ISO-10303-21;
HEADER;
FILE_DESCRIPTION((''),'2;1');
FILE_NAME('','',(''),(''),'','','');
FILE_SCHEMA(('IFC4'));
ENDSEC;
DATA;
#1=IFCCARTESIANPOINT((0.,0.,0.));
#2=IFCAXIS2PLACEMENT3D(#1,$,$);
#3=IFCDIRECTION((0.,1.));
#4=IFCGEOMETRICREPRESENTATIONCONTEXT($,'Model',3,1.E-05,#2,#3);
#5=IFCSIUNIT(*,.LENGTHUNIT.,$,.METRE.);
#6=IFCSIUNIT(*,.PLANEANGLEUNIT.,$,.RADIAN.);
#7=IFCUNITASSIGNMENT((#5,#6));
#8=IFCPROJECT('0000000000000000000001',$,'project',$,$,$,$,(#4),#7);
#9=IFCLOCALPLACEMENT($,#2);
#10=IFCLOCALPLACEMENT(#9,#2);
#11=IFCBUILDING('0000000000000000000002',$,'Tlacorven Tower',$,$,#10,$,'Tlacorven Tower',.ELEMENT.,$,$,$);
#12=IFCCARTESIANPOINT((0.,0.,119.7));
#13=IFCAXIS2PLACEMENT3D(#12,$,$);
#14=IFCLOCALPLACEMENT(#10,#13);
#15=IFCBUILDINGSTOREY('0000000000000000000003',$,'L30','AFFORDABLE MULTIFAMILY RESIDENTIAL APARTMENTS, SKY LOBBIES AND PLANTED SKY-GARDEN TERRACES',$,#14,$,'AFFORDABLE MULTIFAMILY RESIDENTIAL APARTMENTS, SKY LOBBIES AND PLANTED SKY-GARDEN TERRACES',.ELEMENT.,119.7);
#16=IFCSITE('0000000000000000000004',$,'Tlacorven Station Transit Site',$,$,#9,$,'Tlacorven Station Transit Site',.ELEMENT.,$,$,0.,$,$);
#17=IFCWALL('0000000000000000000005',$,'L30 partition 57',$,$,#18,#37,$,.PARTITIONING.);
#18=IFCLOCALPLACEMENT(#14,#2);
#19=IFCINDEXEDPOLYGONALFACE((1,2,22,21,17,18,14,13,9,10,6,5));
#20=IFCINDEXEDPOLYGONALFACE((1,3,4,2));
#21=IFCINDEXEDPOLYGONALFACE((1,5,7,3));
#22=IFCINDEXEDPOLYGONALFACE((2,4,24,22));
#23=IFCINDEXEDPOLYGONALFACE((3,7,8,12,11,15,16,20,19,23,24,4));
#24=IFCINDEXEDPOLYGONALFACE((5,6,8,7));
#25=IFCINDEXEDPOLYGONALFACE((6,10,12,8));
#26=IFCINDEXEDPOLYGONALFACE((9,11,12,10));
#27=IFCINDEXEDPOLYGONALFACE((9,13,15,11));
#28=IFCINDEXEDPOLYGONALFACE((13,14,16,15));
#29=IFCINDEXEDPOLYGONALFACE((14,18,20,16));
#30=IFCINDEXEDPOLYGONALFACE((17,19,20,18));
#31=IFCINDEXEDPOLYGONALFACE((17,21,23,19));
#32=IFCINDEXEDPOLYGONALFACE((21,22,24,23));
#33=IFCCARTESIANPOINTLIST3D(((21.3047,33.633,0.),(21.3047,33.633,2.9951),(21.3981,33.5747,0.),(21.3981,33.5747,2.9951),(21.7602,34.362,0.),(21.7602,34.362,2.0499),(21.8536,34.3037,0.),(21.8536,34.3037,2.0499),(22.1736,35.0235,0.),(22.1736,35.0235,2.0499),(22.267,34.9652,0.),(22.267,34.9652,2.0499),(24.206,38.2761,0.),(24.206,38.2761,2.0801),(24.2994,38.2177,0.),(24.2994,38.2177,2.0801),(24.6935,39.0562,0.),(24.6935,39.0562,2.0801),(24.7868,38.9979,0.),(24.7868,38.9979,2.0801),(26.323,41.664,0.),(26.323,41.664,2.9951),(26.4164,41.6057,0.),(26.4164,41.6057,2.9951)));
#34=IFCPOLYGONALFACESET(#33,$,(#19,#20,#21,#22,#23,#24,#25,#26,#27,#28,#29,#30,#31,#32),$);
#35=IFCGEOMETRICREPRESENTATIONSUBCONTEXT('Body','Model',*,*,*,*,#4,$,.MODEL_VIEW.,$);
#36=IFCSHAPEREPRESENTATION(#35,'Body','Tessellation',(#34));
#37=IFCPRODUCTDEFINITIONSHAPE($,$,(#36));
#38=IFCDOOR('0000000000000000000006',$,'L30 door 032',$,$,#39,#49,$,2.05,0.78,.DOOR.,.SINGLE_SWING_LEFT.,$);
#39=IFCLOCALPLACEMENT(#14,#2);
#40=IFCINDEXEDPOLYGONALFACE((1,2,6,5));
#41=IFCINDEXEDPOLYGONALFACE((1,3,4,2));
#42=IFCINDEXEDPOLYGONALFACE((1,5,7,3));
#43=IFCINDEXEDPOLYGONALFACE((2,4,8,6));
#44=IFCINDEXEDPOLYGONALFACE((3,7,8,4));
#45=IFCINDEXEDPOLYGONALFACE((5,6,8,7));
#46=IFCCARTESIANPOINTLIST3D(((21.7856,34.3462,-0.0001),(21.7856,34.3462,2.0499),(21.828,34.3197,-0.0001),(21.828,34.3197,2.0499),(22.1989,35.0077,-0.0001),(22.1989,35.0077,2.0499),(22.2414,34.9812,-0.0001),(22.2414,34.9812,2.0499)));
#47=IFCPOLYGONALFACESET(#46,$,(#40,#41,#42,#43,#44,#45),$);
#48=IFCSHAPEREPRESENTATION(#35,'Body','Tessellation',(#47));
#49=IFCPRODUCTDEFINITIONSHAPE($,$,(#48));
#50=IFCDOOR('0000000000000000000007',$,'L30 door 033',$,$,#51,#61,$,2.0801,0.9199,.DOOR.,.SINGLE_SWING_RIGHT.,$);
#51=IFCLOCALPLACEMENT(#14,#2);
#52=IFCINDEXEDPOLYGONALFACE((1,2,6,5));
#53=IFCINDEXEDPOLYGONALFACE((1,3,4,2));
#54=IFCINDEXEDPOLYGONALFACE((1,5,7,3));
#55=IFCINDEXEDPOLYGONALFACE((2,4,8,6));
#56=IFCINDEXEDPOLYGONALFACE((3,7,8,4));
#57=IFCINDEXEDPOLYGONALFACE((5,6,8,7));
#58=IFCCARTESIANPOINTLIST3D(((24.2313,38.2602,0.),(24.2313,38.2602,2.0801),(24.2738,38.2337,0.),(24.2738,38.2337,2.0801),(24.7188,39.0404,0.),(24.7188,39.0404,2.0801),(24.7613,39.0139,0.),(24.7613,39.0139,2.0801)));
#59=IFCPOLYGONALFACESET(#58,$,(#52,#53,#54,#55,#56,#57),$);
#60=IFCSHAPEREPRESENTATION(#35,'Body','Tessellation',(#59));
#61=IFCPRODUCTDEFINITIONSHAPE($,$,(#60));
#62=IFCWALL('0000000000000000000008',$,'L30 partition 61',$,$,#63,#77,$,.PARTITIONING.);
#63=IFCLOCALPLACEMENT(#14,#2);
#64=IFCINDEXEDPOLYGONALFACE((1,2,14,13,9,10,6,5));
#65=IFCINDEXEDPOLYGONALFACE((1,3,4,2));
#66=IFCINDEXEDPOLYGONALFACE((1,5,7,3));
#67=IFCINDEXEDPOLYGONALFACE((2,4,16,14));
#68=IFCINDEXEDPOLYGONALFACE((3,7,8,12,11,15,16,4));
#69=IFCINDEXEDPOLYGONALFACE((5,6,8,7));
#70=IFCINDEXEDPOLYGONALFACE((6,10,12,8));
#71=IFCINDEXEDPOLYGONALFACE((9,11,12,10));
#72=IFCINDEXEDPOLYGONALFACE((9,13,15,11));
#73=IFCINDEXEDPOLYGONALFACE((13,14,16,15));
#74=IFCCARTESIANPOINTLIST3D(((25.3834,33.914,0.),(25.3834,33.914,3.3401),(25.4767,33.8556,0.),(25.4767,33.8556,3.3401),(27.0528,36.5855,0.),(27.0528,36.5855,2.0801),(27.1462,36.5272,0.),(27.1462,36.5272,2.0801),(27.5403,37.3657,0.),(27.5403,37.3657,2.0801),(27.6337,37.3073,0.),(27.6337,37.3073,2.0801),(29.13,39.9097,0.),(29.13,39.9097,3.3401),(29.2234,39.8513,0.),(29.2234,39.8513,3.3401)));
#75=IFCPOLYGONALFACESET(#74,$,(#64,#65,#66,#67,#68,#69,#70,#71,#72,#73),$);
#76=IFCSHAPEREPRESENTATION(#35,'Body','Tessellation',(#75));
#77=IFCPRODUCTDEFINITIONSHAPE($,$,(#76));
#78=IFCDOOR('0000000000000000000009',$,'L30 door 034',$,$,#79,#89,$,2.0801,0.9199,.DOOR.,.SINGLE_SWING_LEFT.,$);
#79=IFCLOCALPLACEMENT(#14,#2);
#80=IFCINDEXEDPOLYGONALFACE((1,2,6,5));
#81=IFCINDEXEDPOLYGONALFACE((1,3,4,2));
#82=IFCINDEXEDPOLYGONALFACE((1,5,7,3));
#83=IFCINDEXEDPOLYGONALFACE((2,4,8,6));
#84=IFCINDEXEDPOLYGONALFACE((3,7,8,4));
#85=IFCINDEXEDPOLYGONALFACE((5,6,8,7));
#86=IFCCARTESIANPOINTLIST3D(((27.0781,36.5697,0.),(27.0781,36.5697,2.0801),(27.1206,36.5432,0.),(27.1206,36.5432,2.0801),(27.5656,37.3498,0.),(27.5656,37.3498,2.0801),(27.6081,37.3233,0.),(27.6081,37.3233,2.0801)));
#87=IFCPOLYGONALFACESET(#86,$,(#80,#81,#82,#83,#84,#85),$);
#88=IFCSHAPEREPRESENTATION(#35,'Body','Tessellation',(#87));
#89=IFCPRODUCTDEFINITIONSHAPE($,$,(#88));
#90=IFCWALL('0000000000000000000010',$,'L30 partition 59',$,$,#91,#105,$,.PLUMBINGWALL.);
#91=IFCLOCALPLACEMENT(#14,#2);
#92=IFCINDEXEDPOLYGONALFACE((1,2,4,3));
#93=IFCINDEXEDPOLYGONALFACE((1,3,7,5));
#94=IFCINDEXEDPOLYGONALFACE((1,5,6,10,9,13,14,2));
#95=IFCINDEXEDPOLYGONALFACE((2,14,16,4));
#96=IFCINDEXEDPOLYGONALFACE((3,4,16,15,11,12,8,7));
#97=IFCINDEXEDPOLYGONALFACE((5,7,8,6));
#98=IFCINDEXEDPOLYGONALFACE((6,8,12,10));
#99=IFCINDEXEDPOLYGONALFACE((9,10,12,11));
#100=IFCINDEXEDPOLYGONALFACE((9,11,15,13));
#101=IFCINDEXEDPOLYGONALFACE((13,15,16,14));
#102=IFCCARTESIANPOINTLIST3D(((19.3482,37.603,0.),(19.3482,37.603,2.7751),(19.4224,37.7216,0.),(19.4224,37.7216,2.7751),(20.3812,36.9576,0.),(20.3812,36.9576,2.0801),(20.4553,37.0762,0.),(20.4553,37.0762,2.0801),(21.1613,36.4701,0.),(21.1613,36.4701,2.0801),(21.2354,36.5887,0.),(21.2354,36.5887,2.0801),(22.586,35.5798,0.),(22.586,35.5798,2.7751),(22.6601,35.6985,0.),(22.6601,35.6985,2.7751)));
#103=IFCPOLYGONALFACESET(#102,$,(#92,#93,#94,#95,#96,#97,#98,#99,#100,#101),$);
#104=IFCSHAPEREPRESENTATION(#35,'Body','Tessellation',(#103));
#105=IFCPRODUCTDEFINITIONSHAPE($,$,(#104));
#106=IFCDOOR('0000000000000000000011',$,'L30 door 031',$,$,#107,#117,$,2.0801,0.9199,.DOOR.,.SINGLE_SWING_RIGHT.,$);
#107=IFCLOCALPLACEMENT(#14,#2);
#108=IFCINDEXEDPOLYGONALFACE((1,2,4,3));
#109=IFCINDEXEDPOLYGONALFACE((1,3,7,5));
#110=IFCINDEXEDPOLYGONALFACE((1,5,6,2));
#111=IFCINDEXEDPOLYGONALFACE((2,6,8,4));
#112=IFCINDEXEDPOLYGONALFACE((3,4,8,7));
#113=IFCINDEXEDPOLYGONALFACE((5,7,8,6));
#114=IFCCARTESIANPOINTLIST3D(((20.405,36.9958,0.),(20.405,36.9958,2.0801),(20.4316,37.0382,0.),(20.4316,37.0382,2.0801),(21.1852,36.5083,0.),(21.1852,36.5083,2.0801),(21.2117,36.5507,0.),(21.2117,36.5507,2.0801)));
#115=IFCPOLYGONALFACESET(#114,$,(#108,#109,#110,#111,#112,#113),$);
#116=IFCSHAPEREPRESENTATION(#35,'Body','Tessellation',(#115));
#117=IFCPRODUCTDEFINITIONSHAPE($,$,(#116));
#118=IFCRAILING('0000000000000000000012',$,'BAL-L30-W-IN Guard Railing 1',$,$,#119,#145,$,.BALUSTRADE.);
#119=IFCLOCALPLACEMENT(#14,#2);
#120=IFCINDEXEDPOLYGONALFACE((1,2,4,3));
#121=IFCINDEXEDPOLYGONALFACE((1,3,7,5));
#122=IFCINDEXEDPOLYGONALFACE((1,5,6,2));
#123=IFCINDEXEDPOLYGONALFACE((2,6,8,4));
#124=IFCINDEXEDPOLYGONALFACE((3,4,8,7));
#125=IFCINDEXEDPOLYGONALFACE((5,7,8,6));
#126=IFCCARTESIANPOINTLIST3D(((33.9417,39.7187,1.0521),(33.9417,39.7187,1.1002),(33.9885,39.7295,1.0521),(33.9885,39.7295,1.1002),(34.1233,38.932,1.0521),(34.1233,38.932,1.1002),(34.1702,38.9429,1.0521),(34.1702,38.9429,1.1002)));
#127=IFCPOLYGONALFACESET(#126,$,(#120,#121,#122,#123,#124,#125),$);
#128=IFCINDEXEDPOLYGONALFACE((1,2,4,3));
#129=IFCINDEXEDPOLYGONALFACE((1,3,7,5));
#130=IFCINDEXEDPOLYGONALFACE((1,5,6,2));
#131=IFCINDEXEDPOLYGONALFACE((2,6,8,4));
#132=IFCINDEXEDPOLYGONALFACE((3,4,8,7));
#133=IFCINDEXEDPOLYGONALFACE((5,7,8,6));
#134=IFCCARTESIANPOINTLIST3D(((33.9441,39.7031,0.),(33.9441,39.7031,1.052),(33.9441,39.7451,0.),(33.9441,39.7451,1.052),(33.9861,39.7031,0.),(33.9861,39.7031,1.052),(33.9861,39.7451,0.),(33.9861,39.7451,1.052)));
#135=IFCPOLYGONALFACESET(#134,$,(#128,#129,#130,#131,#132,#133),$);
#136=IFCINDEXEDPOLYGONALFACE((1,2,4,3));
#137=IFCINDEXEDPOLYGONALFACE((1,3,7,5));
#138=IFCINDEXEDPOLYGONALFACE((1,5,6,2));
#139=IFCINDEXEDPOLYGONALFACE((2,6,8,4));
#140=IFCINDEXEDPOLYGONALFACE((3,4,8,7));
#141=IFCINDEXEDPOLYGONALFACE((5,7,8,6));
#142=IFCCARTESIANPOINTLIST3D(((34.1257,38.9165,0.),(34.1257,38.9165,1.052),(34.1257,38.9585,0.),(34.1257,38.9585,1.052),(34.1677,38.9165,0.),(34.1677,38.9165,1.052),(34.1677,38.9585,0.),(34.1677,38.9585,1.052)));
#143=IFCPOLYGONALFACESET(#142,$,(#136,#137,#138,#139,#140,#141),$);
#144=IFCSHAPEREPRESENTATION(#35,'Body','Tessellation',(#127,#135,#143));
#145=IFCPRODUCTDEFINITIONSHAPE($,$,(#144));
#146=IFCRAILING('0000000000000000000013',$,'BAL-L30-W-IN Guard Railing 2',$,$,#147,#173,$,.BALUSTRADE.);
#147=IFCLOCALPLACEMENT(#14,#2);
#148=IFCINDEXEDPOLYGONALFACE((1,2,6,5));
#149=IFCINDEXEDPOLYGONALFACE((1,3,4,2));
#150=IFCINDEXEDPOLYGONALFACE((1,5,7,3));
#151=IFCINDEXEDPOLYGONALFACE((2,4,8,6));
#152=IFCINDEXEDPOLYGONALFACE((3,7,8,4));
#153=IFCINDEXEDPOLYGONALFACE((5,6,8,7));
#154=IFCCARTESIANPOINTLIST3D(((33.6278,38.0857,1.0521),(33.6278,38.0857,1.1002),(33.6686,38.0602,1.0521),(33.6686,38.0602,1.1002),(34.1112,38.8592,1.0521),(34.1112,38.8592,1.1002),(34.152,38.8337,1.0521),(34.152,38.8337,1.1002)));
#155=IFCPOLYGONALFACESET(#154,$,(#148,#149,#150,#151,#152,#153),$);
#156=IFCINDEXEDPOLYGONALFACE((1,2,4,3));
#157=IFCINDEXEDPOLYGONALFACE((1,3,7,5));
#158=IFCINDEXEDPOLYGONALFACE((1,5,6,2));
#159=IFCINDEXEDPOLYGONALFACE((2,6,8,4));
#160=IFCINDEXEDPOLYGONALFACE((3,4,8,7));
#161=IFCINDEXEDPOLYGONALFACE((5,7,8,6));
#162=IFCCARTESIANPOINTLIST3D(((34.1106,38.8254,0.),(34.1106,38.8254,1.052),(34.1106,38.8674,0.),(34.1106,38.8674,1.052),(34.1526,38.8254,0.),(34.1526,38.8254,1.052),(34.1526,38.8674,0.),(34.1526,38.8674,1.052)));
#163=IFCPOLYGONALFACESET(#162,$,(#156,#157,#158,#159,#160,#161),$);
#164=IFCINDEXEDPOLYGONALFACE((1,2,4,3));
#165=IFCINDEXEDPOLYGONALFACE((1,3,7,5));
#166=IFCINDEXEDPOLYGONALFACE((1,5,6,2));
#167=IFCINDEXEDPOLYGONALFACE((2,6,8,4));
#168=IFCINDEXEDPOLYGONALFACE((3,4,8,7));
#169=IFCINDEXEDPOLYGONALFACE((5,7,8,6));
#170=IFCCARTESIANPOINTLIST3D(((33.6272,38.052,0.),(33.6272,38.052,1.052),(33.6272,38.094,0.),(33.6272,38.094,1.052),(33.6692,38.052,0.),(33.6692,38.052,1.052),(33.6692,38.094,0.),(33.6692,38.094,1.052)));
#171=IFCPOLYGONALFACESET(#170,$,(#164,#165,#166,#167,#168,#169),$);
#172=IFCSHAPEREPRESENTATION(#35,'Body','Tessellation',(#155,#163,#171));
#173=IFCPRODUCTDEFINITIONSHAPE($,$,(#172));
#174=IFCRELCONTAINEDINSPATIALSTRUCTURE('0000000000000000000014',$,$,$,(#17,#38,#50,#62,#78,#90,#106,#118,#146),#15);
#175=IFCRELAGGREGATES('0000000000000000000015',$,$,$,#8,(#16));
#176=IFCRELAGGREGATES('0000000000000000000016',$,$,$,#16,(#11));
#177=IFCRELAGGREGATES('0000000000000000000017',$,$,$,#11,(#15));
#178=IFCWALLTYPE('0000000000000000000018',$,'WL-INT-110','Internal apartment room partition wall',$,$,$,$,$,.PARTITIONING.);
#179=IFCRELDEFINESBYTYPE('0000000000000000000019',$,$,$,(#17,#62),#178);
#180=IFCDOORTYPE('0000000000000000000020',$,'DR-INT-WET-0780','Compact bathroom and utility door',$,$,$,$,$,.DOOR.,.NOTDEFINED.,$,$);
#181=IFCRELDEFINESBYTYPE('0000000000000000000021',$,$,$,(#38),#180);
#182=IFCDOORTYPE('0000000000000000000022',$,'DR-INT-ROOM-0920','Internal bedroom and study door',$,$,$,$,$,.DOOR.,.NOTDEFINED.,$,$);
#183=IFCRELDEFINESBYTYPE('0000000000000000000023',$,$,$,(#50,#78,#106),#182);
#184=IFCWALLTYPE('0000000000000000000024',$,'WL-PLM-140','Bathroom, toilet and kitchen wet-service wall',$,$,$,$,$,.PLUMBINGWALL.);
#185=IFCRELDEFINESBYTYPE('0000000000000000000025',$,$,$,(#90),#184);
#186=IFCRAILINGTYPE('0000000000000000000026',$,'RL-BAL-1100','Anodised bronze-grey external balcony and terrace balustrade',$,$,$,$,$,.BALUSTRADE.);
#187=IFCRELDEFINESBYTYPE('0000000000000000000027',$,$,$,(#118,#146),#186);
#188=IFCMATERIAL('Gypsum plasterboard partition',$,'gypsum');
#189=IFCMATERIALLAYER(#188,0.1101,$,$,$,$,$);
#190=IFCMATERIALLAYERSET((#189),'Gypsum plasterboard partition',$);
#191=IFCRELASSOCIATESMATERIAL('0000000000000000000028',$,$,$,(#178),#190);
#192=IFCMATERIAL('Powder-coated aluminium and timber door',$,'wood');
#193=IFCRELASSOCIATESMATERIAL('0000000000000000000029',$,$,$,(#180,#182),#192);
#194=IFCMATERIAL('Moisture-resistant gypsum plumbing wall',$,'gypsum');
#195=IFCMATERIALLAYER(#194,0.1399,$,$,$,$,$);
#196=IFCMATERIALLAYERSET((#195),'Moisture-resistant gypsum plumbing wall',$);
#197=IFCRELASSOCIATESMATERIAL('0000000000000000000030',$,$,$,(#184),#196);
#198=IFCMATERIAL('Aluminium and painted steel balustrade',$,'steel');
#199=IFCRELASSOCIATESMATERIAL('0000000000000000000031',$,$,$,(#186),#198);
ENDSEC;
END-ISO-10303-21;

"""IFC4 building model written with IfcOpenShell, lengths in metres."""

from ifc_helpers import new_model, si_unit, direction, frame, frame_2d, origin, origin_2d, place, context, subcontext, project, spatial, rectangle, extrude, source, transform, mapped, material, layer, layer_set, type_object, element, fill, save


model = new_model("IFC4")

# Units and contexts
model_context = context("Model", 3, precision=1e-05, world=origin(), true_north=direction((0.0, 1.0)))
body_context = subcontext(model_context, "Body", "Model", "MODEL_VIEW")
ifc_project = project(units=[si_unit("LENGTHUNIT", "METRE"), si_unit("PLANEANGLEUNIT", "RADIAN")], contexts=[model_context])

# Site, building, storey
site_placement = place(None, origin())
site = spatial("IfcSite", under=ifc_project, at=site_placement, Name="Tlacorven Station Transit Site", LongName="Tlacorven Station Transit Site", CompositionType="ELEMENT", RefElevation=0.0)
building_placement = place(site_placement, origin())
building = spatial("IfcBuilding", under=site, at=building_placement, Name="Tlacorven Tower", LongName="Tlacorven Tower", CompositionType="ELEMENT")
storey_placement = place(building_placement, frame((0.0, 0.0, 119.7)))
storey = spatial("IfcBuildingStorey", under=building, at=storey_placement, Name="L30", Description="AFFORDABLE MULTIFAMILY RESIDENTIAL APARTMENTS, SKY LOBBIES AND PLANTED SKY-GARDEN TERRACES", LongName="AFFORDABLE MULTIFAMILY RESIDENTIAL APARTMENTS, SKY LOBBIES AND PLANTED SKY-GARDEN TERRACES", CompositionType="ELEMENT", Elevation=119.7)

# Wall, openings, doors
ifc_material_1 = material(Name="Gypsum plasterboard partition", Category="gypsum")
ifc_layer_1 = layer(ifc_material_1, 0.1101)
ifc_layer_set_1 = layer_set([ifc_layer_1], Name="Gypsum plasterboard partition")
wall_type_1 = type_object("IfcWallType", Name="WL-INT-110", Description="Internal apartment room partition wall", PredefinedType="PARTITIONING", material=ifc_layer_set_1)
wall_1_placement = place(storey_placement, frame((26.3696, 41.6348, 0.0), z_axis=(0.0, 0.0, 1.0), x_axis=(-0.529918, -0.848049, 0.0)))
wall_1 = element("IfcWall", 1, at=wall_1_placement, inside=storey, type_object=wall_type_1, Name="L30 partition 57", PredefinedType="PARTITIONING", context=body_context, shape_type="SweptSolid", body=[
    extrude(rectangle(XDim=9.47, YDim=0.1101, at=frame_2d((4.7349, 0.0))), origin(), (0.0, 0.0, 1.0), 2.9951),
])
opening_1_placement = place(wall_1_placement, frame((7.8301, 0.0, 0.0)))
opening_1 = element("IfcOpeningElement", 2, at=opening_1_placement, cuts=wall_1, PredefinedType="OPENING", context=body_context, shape_type="SweptSolid", body=[
    extrude(rectangle(XDim=0.78, YDim=2.05, at=frame_2d((0.3901, 1.0249))), frame((0.0, 0.0649, 0.0), z_axis=(0.0, -1.0, 0.0), x_axis=(1.0, 0.0, 0.0)), (0.0, 0.0, 1.0), 0.1301),
])
opening_2_placement = place(wall_1_placement, frame((3.075, 0.0, 0.0)))
opening_2 = element("IfcOpeningElement", 3, at=opening_2_placement, cuts=wall_1, PredefinedType="OPENING", context=body_context, shape_type="SweptSolid", body=[
    extrude(rectangle(XDim=0.9199, YDim=2.0801, at=frame_2d((0.46, 1.04))), frame((0.0, 0.0649, 0.0), z_axis=(0.0, -1.0, 0.0), x_axis=(1.0, 0.0, 0.0)), (0.0, 0.0, 1.0), 0.1301),
])
ifc_material_2 = material(Name="Powder-coated aluminium and timber door", Category="wood")
door_type_1 = type_object("IfcDoorType", Name="DR-INT-WET-0780", Description="Compact bathroom and utility door", OperationType="NOTDEFINED", PredefinedType="DOOR", material=ifc_material_2)
shared_shape_1 = source(origin(), body_context, "Body", "SweptSolid", [
    extrude(rectangle(XDim=0.78, YDim=2.05, at=frame_2d((0.3901, 1.0249))), frame((0.0, 0.0249, 0.0), z_axis=(0.0, -1.0, 0.0), x_axis=(1.0, 0.0, 0.0)), (0.0, 0.0, 1.0), 0.05),
])
door_1_placement = place(opening_1_placement, origin())
door_1 = element("IfcDoor", 4, at=door_1_placement, inside=storey, type_object=door_type_1, Name="L30 door 032", OperationType="SINGLE_SWING_LEFT", OverallHeight=2.05, OverallWidth=0.78, PredefinedType="DOOR", context=body_context, shape_type="MappedRepresentation", body=[
    mapped(shared_shape_1, transform((0.0, 0.0, 0.0), scale=1.0)),
])
fill(opening_1, door_1)
door_type_2 = type_object("IfcDoorType", Name="DR-INT-ROOM-0920", Description="Internal bedroom and study door", OperationType="NOTDEFINED", PredefinedType="DOOR", material=ifc_material_2)
shared_shape_2 = source(origin(), body_context, "Body", "SweptSolid", [
    extrude(rectangle(XDim=0.9199, YDim=2.0801, at=frame_2d((0.46, 1.04))), frame((0.0, 0.0249, 0.0), z_axis=(0.0, -1.0, 0.0), x_axis=(1.0, 0.0, 0.0)), (0.0, 0.0, 1.0), 0.05),
])
door_2_placement = place(opening_2_placement, origin())
door_2 = element("IfcDoor", 5, at=door_2_placement, inside=storey, type_object=door_type_2, Name="L30 door 033", OperationType="SINGLE_SWING_RIGHT", OverallHeight=2.0801, OverallWidth=0.9199, PredefinedType="DOOR", context=body_context, shape_type="MappedRepresentation", body=[
    mapped(shared_shape_2, transform((0.0, 0.0, 0.0), scale=1.0)),
])
fill(opening_2, door_2)

# Walls, openings, doors
wall_2_placement = place(storey_placement, frame((29.1768, 39.8806, 0.0), z_axis=(0.0, 0.0, 1.0), x_axis=(-0.529931, -0.848041, 0.0)))
wall_2 = element("IfcWall", 6, at=wall_2_placement, inside=storey, type_object=wall_type_1, Name="L30 partition 61", PredefinedType="PARTITIONING", context=body_context, shape_type="SweptSolid", body=[
    extrude(rectangle(XDim=7.0701, YDim=0.1101, at=frame_2d((3.5352, 0.0))), origin(), (0.0, 0.0, 1.0), 3.3401),
])
opening_3_placement = place(wall_2_placement, frame((3.0, 0.0, 0.0)))
opening_3 = element("IfcOpeningElement", 7, at=opening_3_placement, cuts=wall_2, PredefinedType="OPENING", context=body_context, shape_type="SweptSolid", body=[
    extrude(rectangle(XDim=0.9199, YDim=2.0801, at=frame_2d((0.46, 1.04))), frame((0.0, 0.0649, 0.0), z_axis=(0.0, -1.0, 0.0), x_axis=(1.0, 0.0, 0.0)), (0.0, 0.0, 1.0), 0.1301),
])
door_3_placement = place(opening_3_placement, origin())
door_3 = element("IfcDoor", 8, at=door_3_placement, inside=storey, type_object=door_type_2, Name="L30 door 034", OperationType="SINGLE_SWING_LEFT", OverallHeight=2.0801, OverallWidth=0.9199, PredefinedType="DOOR", context=body_context, shape_type="MappedRepresentation", body=[
    mapped(shared_shape_2, transform((0.0, 0.0, 0.0), scale=1.0)),
])
fill(opening_3, door_3)
ifc_material_3 = material(Name="Moisture-resistant gypsum plumbing wall", Category="gypsum")
ifc_layer_2 = layer(ifc_material_3, 0.1399)
ifc_layer_set_2 = layer_set([ifc_layer_2], Name="Moisture-resistant gypsum plumbing wall")
wall_type_2 = type_object("IfcWallType", Name="WL-PLM-140", Description="Bathroom, toilet and kitchen wet-service wall", PredefinedType="PLUMBINGWALL", material=ifc_layer_set_2)
wall_3_placement = place(storey_placement, frame((22.623, 35.6392, 0.0), z_axis=(0.0, 0.0, 1.0), x_axis=(-0.848049, 0.529918, 0.0)))
wall_3 = element("IfcWall", 9, at=wall_3_placement, inside=storey, type_object=wall_type_2, Name="L30 partition 59", PredefinedType="PLUMBINGWALL", context=body_context, shape_type="SweptSolid", body=[
    extrude(rectangle(XDim=3.8179, YDim=0.1399, at=frame_2d((1.9089, 0.0))), origin(), (0.0, 0.0, 1.0), 2.7751),
])
opening_4_placement = place(wall_3_placement, frame((1.6799, 0.0, 0.0)))
opening_4 = element("IfcOpeningElement", 10, at=opening_4_placement, cuts=wall_3, PredefinedType="OPENING", context=body_context, shape_type="SweptSolid", body=[
    extrude(rectangle(XDim=0.9199, YDim=2.0801, at=frame_2d((0.46, 1.04))), frame((0.0, 0.0801, 0.0), z_axis=(0.0, -1.0, 0.0), x_axis=(1.0, 0.0, 0.0)), (0.0, 0.0, 1.0), 0.1599),
])
door_4_placement = place(opening_4_placement, origin())
door_4 = element("IfcDoor", 11, at=door_4_placement, inside=storey, type_object=door_type_2, Name="L30 door 031", OperationType="SINGLE_SWING_RIGHT", OverallHeight=2.0801, OverallWidth=0.9199, PredefinedType="DOOR", context=body_context, shape_type="MappedRepresentation", body=[
    mapped(shared_shape_2, transform((0.0, 0.0, 0.0), scale=1.0)),
])
fill(opening_4, door_4)

# Railings
ifc_material_4 = material(Name="Aluminium and painted steel balustrade", Category="steel")
railing_type = type_object("IfcRailingType", Name="RL-BAL-1100", Description="Anodised bronze-grey external balcony and terrace balustrade", PredefinedType="BALUSTRADE", material=ifc_material_4)
shared_shape_3 = source(origin(), body_context, "Body", "SweptSolid", [
    extrude(rectangle(XDim=0.0481, YDim=0.0481, at=origin_2d()), frame((0.0, 0.0, 1.0762), z_axis=(0.224992, -0.974361, 0.0), x_axis=(0.974361, 0.224992, 0.0)), (0.0, 0.0, 1.0), 0.8074),
    extrude(rectangle(XDim=0.042, YDim=0.042, at=origin_2d()), origin(), (0.0, 0.0, 1.0), 1.052),
    extrude(rectangle(XDim=0.042, YDim=0.042, at=origin_2d()), frame((0.1816, -0.7866, 0.0)), (0.0, 0.0, 1.0), 1.052),
])
railing_1_placement = place(storey_placement, frame((33.9651, 39.7241, 0.0)))
element("IfcRailing", 12, at=railing_1_placement, inside=storey, type_object=railing_type, Name="BAL-L30-W-IN Guard Railing 1", PredefinedType="BALUSTRADE", context=body_context, shape_type="MappedRepresentation", body=[
    mapped(shared_shape_3, transform((0.0, 0.0, 0.0), scale=1.0)),
])
shared_shape_4 = source(origin(), body_context, "Body", "SweptSolid", [
    extrude(rectangle(XDim=0.0481, YDim=0.0481, at=origin_2d()), frame((0.0, 0.0, 1.0762), z_axis=(-0.529999, -0.847998, 0.0), x_axis=(0.847998, -0.529999, 0.0)), (0.0, 0.0, 1.0), 0.9121),
    extrude(rectangle(XDim=0.042, YDim=0.042, at=origin_2d()), origin(), (0.0, 0.0, 1.0), 1.052),
    extrude(rectangle(XDim=0.042, YDim=0.042, at=origin_2d()), frame((-0.4834, -0.7734, 0.0)), (0.0, 0.0, 1.0), 1.052),
])
railing_2_placement = place(storey_placement, frame((34.1316, 38.8464, 0.0)))
element("IfcRailing", 13, at=railing_2_placement, inside=storey, type_object=railing_type, Name="BAL-L30-W-IN Guard Railing 2", PredefinedType="BALUSTRADE", context=body_context, shape_type="MappedRepresentation", body=[
    mapped(shared_shape_4, transform((0.0, 0.0, 0.0), scale=1.0)),
])

save(model, "model.ifc")
